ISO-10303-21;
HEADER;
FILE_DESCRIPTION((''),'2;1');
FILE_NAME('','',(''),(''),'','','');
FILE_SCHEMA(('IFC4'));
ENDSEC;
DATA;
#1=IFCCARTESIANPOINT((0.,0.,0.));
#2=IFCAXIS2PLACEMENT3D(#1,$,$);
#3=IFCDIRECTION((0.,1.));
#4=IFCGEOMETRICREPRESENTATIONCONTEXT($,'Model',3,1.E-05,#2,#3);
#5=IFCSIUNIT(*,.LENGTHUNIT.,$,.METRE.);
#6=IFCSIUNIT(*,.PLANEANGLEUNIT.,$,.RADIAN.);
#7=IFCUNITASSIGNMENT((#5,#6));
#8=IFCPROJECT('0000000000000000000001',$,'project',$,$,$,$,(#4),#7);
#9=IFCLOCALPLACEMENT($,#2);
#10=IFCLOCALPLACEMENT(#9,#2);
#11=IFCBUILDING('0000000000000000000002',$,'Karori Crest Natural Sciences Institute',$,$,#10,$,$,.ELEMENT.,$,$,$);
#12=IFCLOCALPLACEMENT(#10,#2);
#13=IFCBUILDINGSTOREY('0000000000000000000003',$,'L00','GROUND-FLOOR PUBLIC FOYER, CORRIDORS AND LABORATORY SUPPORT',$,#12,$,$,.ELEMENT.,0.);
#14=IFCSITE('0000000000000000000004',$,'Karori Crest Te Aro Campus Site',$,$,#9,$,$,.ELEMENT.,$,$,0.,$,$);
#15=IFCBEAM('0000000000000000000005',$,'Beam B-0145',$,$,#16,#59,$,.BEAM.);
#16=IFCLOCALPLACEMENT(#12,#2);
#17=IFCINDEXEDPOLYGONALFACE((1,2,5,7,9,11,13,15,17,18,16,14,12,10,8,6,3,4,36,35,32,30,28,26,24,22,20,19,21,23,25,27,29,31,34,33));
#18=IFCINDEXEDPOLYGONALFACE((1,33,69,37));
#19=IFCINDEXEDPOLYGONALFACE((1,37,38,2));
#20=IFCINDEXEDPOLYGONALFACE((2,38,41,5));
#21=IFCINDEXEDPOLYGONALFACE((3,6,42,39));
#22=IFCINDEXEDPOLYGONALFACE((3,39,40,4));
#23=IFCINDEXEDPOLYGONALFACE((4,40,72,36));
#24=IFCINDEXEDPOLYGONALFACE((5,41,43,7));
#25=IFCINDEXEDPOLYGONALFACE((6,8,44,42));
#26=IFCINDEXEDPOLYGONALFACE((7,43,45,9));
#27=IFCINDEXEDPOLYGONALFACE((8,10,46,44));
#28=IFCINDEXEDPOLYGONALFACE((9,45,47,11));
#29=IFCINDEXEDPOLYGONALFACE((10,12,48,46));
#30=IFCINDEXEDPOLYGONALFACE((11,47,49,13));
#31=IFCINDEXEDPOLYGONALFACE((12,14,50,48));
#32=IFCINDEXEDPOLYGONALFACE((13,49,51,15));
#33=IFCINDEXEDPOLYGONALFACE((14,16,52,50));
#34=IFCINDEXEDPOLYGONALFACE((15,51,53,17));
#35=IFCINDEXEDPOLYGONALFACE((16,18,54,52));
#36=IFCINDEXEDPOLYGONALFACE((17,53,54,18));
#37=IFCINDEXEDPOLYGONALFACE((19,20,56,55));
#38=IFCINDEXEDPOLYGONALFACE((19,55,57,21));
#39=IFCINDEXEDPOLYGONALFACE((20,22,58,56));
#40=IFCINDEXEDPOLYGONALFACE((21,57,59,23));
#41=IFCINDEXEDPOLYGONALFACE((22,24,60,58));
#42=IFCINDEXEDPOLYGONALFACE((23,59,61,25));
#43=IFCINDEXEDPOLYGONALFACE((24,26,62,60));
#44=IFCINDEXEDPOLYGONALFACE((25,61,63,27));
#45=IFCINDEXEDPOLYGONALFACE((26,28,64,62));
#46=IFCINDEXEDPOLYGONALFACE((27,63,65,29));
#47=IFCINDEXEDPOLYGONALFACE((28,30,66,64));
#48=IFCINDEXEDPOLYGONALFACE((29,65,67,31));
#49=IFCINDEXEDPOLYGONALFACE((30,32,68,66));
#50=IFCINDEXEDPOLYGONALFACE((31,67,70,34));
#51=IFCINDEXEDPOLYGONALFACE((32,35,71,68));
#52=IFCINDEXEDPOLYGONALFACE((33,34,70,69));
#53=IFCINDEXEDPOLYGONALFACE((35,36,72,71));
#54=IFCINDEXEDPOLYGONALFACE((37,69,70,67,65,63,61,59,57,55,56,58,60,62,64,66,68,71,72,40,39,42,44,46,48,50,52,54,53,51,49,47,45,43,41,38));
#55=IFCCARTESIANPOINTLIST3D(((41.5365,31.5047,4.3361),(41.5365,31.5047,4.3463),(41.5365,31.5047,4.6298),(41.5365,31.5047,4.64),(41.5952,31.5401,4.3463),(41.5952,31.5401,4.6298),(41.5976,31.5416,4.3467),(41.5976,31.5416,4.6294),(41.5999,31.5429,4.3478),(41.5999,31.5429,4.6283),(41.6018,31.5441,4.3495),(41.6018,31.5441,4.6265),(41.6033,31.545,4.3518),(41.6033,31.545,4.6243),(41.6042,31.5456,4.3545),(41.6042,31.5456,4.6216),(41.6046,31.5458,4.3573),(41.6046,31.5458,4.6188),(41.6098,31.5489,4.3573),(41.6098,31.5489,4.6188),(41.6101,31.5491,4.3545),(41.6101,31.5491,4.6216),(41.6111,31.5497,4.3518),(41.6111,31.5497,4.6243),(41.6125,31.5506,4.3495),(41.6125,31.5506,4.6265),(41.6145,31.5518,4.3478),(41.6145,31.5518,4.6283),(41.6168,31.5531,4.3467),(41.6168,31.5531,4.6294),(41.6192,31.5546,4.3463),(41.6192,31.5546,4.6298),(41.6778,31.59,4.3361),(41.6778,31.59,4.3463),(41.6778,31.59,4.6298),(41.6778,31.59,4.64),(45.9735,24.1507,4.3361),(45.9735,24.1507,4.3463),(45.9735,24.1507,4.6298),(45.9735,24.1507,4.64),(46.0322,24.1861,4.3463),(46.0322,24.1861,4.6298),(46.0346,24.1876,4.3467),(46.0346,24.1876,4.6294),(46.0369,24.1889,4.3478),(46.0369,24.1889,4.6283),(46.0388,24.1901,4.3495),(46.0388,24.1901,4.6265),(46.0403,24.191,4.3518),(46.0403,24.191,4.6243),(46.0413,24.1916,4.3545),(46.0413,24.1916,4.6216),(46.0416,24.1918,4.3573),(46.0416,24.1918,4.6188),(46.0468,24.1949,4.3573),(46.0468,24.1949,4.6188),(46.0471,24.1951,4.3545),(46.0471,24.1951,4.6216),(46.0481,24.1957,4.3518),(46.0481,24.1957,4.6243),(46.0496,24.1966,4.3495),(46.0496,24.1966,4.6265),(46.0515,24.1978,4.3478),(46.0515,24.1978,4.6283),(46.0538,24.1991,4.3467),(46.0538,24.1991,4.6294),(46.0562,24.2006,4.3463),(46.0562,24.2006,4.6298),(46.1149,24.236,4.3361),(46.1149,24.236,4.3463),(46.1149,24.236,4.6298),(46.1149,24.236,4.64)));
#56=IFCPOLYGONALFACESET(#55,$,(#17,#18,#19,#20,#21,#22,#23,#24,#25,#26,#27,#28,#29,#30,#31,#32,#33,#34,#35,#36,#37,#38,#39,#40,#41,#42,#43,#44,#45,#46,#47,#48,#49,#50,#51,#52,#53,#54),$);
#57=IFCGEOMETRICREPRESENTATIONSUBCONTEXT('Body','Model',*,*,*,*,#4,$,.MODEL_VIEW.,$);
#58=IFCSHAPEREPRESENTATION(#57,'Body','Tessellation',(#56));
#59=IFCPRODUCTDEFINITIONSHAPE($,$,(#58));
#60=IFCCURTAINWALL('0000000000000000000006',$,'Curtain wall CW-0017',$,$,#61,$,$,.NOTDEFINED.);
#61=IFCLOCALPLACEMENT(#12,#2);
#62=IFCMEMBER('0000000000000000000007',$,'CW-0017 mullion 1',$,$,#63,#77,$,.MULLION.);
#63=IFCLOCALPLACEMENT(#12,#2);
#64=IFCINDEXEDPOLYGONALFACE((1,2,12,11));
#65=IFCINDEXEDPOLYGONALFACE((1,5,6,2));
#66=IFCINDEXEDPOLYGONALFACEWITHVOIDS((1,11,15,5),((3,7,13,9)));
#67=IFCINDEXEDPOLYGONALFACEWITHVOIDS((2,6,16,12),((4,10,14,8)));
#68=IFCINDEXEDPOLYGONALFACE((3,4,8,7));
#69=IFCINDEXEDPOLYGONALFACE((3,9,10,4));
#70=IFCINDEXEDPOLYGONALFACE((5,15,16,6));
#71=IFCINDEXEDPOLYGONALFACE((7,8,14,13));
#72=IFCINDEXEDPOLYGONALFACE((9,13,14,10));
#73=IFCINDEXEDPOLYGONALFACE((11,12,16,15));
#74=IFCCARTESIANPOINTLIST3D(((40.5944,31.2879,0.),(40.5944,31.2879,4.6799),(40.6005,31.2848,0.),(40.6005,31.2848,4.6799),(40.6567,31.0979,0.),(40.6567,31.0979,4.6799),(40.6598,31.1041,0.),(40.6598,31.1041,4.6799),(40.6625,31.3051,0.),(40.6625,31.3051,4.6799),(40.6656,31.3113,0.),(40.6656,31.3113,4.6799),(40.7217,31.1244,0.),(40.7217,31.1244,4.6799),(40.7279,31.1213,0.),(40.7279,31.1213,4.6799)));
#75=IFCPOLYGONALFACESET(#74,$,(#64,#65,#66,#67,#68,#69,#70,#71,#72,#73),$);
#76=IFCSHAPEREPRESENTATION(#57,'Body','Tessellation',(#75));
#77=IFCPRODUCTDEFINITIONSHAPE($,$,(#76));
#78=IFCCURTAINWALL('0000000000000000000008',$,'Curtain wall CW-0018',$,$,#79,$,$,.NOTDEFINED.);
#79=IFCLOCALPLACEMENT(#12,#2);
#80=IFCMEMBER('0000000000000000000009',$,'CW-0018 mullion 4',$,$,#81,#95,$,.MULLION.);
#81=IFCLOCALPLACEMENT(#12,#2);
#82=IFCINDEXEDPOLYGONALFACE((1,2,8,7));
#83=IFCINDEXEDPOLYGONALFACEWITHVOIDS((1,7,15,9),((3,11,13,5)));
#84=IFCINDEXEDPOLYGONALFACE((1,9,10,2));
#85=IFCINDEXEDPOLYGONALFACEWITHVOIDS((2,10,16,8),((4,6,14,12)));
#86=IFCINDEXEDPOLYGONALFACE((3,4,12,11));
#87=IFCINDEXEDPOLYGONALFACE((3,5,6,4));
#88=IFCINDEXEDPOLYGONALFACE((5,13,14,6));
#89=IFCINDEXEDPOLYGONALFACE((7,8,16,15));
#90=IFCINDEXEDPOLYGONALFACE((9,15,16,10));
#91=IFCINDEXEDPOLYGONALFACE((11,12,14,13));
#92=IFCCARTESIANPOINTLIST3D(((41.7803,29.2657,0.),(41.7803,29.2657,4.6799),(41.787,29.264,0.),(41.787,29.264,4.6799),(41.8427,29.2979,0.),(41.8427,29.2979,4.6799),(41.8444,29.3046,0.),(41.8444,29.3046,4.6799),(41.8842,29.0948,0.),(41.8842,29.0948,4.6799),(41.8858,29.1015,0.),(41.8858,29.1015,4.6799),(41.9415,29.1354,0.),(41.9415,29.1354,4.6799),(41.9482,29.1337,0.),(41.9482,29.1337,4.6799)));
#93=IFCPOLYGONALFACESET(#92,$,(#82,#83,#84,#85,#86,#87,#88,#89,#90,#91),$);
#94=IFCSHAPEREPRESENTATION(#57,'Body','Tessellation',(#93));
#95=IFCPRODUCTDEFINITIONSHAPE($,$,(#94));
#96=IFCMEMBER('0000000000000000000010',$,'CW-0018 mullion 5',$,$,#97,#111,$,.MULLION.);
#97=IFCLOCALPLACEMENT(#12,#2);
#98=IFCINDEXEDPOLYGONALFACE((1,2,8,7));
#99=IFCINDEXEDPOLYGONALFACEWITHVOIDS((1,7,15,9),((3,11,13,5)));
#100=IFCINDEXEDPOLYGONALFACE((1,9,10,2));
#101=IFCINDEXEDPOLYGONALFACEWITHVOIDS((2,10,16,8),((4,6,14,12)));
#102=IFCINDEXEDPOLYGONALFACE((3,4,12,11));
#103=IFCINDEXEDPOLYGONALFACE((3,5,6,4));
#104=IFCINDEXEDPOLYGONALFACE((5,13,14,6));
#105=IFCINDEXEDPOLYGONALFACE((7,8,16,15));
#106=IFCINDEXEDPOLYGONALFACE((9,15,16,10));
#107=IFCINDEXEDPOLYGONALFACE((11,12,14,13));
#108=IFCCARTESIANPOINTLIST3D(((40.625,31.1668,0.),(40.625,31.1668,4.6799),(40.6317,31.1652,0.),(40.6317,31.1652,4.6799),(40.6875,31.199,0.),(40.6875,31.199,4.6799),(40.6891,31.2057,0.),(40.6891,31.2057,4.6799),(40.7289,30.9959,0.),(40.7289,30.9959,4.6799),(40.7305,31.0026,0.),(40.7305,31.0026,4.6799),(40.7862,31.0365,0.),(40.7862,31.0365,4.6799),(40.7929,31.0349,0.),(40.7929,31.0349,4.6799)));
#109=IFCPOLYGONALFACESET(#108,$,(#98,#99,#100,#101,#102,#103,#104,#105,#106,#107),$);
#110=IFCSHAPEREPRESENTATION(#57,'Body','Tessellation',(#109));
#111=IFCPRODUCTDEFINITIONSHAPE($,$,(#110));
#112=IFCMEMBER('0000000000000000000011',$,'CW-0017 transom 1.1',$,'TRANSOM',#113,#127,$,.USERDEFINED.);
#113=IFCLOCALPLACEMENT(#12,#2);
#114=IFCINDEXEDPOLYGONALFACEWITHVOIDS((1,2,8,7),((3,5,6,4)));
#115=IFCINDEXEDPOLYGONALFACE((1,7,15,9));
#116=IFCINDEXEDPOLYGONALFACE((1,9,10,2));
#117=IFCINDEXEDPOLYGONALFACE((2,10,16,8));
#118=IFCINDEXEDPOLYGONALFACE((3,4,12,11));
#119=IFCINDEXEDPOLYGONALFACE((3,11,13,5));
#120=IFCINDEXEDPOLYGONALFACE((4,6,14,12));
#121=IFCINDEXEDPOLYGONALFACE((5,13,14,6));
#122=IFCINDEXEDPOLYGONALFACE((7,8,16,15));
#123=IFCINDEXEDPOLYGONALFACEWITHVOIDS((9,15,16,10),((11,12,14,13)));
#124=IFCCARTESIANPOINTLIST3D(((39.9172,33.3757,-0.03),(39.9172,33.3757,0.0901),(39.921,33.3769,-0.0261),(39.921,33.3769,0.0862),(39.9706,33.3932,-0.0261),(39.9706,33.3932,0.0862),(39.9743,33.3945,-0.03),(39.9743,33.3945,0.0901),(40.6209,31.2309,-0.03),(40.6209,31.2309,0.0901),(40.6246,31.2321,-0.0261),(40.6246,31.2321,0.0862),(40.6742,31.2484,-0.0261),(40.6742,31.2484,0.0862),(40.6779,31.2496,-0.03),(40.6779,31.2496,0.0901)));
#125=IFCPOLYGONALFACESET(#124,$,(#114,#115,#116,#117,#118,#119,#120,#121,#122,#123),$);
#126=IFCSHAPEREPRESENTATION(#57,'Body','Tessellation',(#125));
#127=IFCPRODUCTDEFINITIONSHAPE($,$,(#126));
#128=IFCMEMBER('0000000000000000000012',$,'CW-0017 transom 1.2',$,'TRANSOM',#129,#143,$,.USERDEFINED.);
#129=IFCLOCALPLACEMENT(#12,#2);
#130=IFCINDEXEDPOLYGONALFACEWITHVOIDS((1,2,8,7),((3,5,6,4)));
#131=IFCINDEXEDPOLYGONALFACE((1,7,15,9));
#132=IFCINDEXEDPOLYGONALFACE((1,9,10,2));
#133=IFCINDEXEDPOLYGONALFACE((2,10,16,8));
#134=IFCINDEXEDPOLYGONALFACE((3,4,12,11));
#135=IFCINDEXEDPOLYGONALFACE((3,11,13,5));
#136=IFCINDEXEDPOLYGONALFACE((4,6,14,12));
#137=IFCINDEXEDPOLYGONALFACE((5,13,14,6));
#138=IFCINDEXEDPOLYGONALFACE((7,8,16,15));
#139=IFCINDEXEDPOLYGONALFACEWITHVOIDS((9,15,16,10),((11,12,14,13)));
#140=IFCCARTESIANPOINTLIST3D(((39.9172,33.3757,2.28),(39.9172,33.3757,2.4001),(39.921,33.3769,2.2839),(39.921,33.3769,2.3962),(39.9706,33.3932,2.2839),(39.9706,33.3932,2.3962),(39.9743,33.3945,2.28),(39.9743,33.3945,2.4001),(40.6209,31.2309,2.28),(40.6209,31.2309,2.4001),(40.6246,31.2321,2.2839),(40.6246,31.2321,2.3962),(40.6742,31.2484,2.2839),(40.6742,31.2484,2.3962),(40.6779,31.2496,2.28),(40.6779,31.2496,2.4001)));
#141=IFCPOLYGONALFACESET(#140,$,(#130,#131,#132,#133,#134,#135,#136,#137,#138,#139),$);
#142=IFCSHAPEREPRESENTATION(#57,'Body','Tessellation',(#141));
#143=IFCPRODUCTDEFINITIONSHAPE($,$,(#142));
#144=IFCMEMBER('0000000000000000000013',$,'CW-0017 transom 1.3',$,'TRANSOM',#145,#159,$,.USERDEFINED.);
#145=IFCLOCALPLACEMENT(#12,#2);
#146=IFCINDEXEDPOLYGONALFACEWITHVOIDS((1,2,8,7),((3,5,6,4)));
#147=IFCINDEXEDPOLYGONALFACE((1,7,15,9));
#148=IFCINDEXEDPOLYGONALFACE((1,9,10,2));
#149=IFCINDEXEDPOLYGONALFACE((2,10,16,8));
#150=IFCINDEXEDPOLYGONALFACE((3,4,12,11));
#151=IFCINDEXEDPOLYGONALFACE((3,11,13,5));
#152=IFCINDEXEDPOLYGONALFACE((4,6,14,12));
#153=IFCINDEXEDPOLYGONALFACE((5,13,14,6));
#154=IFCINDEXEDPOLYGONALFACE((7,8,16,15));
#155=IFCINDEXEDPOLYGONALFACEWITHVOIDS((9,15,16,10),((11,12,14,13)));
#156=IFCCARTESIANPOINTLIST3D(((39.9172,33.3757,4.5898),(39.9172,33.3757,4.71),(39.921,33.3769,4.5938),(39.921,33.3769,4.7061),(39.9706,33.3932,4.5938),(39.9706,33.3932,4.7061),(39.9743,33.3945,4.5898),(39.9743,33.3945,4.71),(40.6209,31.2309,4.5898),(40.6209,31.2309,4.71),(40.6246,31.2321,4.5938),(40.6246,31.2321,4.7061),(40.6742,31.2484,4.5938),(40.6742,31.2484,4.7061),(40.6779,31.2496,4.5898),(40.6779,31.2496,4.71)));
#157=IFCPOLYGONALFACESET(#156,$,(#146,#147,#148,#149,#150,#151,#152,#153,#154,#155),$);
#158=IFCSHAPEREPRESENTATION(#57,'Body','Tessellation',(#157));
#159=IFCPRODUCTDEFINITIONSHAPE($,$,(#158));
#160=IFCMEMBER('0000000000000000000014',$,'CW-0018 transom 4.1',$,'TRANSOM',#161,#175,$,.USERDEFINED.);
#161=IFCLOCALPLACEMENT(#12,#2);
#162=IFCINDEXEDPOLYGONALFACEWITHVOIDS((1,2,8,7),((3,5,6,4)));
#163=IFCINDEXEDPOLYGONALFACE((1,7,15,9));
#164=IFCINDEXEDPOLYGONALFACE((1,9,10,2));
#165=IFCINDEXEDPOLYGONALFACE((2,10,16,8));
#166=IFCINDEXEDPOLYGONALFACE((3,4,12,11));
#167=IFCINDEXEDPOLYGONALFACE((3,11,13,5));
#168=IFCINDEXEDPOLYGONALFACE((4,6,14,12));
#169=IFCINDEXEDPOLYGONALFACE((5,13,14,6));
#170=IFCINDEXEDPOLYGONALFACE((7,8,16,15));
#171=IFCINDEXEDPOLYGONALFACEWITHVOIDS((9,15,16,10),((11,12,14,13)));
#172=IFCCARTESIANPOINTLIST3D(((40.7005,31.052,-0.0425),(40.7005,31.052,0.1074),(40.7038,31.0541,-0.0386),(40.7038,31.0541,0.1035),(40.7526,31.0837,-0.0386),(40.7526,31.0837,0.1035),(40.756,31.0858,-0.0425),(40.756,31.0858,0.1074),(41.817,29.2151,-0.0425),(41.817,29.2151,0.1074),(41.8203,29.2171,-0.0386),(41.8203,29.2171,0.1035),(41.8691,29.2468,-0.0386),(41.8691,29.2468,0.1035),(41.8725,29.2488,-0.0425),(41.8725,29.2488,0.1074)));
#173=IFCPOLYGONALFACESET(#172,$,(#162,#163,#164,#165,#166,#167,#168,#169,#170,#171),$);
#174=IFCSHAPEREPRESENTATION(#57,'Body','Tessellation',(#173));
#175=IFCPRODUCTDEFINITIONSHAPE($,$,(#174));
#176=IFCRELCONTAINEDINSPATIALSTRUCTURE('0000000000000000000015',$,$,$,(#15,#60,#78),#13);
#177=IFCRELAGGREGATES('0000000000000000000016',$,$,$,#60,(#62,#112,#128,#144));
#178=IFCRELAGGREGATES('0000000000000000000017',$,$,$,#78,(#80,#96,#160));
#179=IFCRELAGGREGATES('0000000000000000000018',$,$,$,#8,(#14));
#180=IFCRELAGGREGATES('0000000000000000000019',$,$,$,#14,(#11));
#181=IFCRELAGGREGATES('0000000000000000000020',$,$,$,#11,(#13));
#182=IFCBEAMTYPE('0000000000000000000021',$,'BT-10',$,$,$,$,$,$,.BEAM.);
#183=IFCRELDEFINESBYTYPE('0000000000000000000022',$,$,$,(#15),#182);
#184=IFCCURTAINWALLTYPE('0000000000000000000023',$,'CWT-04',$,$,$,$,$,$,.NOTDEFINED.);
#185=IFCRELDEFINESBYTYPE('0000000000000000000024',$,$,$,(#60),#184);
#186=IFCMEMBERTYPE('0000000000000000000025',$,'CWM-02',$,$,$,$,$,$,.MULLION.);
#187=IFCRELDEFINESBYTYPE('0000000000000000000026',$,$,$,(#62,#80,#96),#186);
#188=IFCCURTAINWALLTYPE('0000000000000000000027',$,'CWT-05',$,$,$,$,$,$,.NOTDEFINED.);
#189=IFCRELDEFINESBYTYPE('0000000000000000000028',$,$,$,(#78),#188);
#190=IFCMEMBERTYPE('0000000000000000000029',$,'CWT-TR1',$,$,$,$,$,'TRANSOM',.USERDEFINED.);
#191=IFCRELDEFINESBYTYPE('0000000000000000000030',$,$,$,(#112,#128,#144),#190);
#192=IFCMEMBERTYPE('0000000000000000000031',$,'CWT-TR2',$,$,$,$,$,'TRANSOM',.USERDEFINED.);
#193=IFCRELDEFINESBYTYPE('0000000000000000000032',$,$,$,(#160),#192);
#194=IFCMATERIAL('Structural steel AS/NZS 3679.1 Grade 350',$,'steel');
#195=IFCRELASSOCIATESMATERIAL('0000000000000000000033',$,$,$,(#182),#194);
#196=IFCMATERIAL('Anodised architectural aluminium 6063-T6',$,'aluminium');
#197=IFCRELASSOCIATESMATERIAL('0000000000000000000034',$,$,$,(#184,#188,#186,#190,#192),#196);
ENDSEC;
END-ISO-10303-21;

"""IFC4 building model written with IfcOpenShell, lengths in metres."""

from ifc_helpers import new_model, si_unit, direction, frame, origin, origin_2d, place, context, subcontext, project, spatial, hollow_rectangle, i_section, extrude, material, material_profile, profile_set, type_object, element, aggregate, save


model = new_model("IFC4")

# Units and contexts
model_context = context("Model", 3, precision=1e-05, world=origin(), true_north=direction((0.0, 1.0)))
body_context = subcontext(model_context, "Body", "Model", "MODEL_VIEW")
ifc_project = project(units=[si_unit("LENGTHUNIT", "METRE"), si_unit("PLANEANGLEUNIT", "RADIAN")], contexts=[model_context])

# Site, building, storey
site_placement = place(None, origin())
site = spatial("IfcSite", under=ifc_project, at=site_placement, Name="Karori Crest Te Aro Campus Site", CompositionType="ELEMENT", RefElevation=0.0)
building_placement = place(site_placement, origin())
building = spatial("IfcBuilding", under=site, at=building_placement, Name="Karori Crest Natural Sciences Institute", CompositionType="ELEMENT")
storey_placement = place(building_placement, origin())
storey = spatial("IfcBuildingStorey", under=building, at=storey_placement, Name="L00", Description="GROUND-FLOOR PUBLIC FOYER, CORRIDORS AND LABORATORY SUPPORT", CompositionType="ELEMENT", Elevation=0.0)

# Beam
ifc_material_1 = material(Name="Structural steel AS/NZS 3679.1 Grade 350", Category="steel")
ifc_material_profile_1 = material_profile(ifc_material_1, i_section(OverallWidth=0.165, OverallDepth=0.304, WebThickness=0.0061, FlangeThickness=0.0103, FilletRadius=0.011, at=origin_2d()), Name="310UB40.4")
ifc_profile_set_1 = profile_set([ifc_material_profile_1], Name="Structural steel AS/NZS 3679.1 Grade 350")
beam_type = type_object("IfcBeamType", Name="BT-10", PredefinedType="BEAM", material=ifc_profile_set_1)
beam_placement = place(storey_placement, frame((41.6072, 31.5474, 4.488), z_axis=(0.516601, -0.856226, 0.0), x_axis=(0.856226, 0.516601, 0.0)))
element("IfcBeam", 1, at=beam_placement, inside=storey, type_object=beam_type, Name="Beam B-0145", PredefinedType="BEAM", context=body_context, shape_type="SweptSolid", body=[
    extrude(i_section(OverallWidth=0.165, OverallDepth=0.304, WebThickness=0.0061, FlangeThickness=0.0103, FilletRadius=0.011, at=origin_2d()), origin(), (0.0, 0.0, 1.0), 8.5889),
])

# Curtain wall, member
ifc_material_2 = material(Name="Anodised architectural aluminium 6063-T6", Category="aluminium")
curtain_wall_type_1 = type_object("IfcCurtainWallType", Name="CWT-04", PredefinedType="NOTDEFINED", material=ifc_material_2)
curtain_wall_1_placement = place(storey_placement, origin())
curtain_wall_1 = element("IfcCurtainWall", 2, at=curtain_wall_1_placement, inside=storey, type_object=curtain_wall_type_1, Name="Curtain wall CW-0017", PredefinedType="NOTDEFINED")
ifc_material_profile_2 = material_profile(ifc_material_2, hollow_rectangle(XDim=0.075, YDim=0.2, WallThickness=0.0049, at=origin_2d()), Name="CWM200x75x5")
ifc_profile_set_2 = profile_set([ifc_material_profile_2], Name="Anodised architectural aluminium 6063-T6")
member_type_1 = type_object("IfcMemberType", Name="CWM-02", PredefinedType="MULLION", material=ifc_profile_set_2)
member_1_placement = place(storey_placement, frame((40.6611, 31.2046, 0.0), z_axis=(0.0, 0.0, 1.0), x_axis=(-0.950176, -0.311714, 0.0)))
member_1 = element("IfcMember", 3, at=member_1_placement, type_object=member_type_1, Name="CW-0017 mullion 1", PredefinedType="MULLION", context=body_context, shape_type="SweptSolid", body=[
    extrude(hollow_rectangle(XDim=0.075, YDim=0.2, WallThickness=0.0049, at=origin_2d()), origin(), (0.0, 0.0, 1.0), 4.6799),
])

# Curtain wall, members
curtain_wall_type_2 = type_object("IfcCurtainWallType", Name="CWT-05", PredefinedType="NOTDEFINED", material=ifc_material_2)
curtain_wall_2_placement = place(storey_placement, origin())
curtain_wall_2 = element("IfcCurtainWall", 4, at=curtain_wall_2_placement, inside=storey, type_object=curtain_wall_type_2, Name="Curtain wall CW-0018", PredefinedType="NOTDEFINED")
member_2_placement = place(storey_placement, frame((41.8643, 29.1997, 0.0), z_axis=(0.0, 0.0, 1.0), x_axis=(-0.854567, -0.519341, 0.0)))
member_2 = element("IfcMember", 5, at=member_2_placement, type_object=member_type_1, Name="CW-0018 mullion 4", PredefinedType="MULLION", context=body_context, shape_type="SweptSolid", body=[
    extrude(hollow_rectangle(XDim=0.075, YDim=0.2, WallThickness=0.0049, at=origin_2d()), origin(), (0.0, 0.0, 1.0), 4.6799),
])
member_3_placement = place(storey_placement, frame((40.709, 31.1008, 0.0), z_axis=(0.0, 0.0, 1.0), x_axis=(-0.854567, -0.519341, 0.0)))
member_3 = element("IfcMember", 6, at=member_3_placement, type_object=member_type_1, Name="CW-0018 mullion 5", PredefinedType="MULLION", context=body_context, shape_type="SweptSolid", body=[
    extrude(hollow_rectangle(XDim=0.075, YDim=0.2, WallThickness=0.0049, at=origin_2d()), origin(), (0.0, 0.0, 1.0), 4.6799),
])

# Members
ifc_material_profile_3 = material_profile(ifc_material_2, hollow_rectangle(XDim=0.0601, YDim=0.1201, WallThickness=0.0039, at=origin_2d()), Name="CWT120x60x4")
ifc_profile_set_3 = profile_set([ifc_material_profile_3], Name="Anodised architectural aluminium 6063-T6")
member_type_2 = type_object("IfcMemberType", Name="CWT-TR1", ElementType="TRANSOM", PredefinedType="USERDEFINED", material=ifc_profile_set_3)
member_4_placement = place(storey_placement, frame((40.6494, 31.2402, 0.03), z_axis=(-0.311714, 0.950176, 0.0), x_axis=(-0.950176, -0.311714, 0.0)))
member_4 = element("IfcMember", 7, at=member_4_placement, type_object=member_type_2, Name="CW-0017 transom 1.1", ObjectType="TRANSOM", PredefinedType="USERDEFINED", context=body_context, shape_type="SweptSolid", body=[
    extrude(hollow_rectangle(XDim=0.0601, YDim=0.1201, WallThickness=0.0039, at=origin_2d()), origin(), (0.0, 0.0, 1.0), 2.2573),
])
member_5_placement = place(storey_placement, frame((40.6494, 31.2402, 2.3401), z_axis=(-0.311714, 0.950176, 0.0), x_axis=(-0.950176, -0.311714, 0.0)))
member_5 = element("IfcMember", 8, at=member_5_placement, type_object=member_type_2, Name="CW-0017 transom 1.2", ObjectType="TRANSOM", PredefinedType="USERDEFINED", context=body_context, shape_type="SweptSolid", body=[
    extrude(hollow_rectangle(XDim=0.0601, YDim=0.1201, WallThickness=0.0039, at=origin_2d()), origin(), (0.0, 0.0, 1.0), 2.2573),
])
member_6_placement = place(storey_placement, frame((40.6494, 31.2402, 4.6499), z_axis=(-0.311714, 0.950176, 0.0), x_axis=(-0.950176, -0.311714, 0.0)))
member_6 = element("IfcMember", 9, at=member_6_placement, type_object=member_type_2, Name="CW-0017 transom 1.3", ObjectType="TRANSOM", PredefinedType="USERDEFINED", context=body_context, shape_type="SweptSolid", body=[
    extrude(hollow_rectangle(XDim=0.0601, YDim=0.1201, WallThickness=0.0039, at=origin_2d()), origin(), (0.0, 0.0, 1.0), 2.2573),
])
ifc_material_profile_4 = material_profile(ifc_material_2, hollow_rectangle(XDim=0.0649, YDim=0.1499, WallThickness=0.0039, at=origin_2d()), Name="CWT150x65x4")
ifc_profile_set_4 = profile_set([ifc_material_profile_4], Name="Anodised architectural aluminium 6063-T6")
member_type_3 = type_object("IfcMemberType", Name="CWT-TR2", ElementType="TRANSOM", PredefinedType="USERDEFINED", material=ifc_profile_set_4)
member_7_placement = place(storey_placement, frame((41.8447, 29.2319, 0.0325), z_axis=(-0.519381, 0.854543, 0.0), x_axis=(-0.854543, -0.519381, 0.0)))
member_7 = element("IfcMember", 10, at=member_7_placement, type_object=member_type_3, Name="CW-0018 transom 4.1", ObjectType="TRANSOM", PredefinedType="USERDEFINED", context=body_context, shape_type="SweptSolid", body=[
    extrude(hollow_rectangle(XDim=0.0649, YDim=0.1499, WallThickness=0.0039, at=origin_2d()), origin(), (0.0, 0.0, 1.0), 2.1497),
])

aggregate(curtain_wall_1, [member_1, member_4, member_5, member_6])
aggregate(curtain_wall_2, [member_2, member_3, member_7])

save(model, "model.ifc")
